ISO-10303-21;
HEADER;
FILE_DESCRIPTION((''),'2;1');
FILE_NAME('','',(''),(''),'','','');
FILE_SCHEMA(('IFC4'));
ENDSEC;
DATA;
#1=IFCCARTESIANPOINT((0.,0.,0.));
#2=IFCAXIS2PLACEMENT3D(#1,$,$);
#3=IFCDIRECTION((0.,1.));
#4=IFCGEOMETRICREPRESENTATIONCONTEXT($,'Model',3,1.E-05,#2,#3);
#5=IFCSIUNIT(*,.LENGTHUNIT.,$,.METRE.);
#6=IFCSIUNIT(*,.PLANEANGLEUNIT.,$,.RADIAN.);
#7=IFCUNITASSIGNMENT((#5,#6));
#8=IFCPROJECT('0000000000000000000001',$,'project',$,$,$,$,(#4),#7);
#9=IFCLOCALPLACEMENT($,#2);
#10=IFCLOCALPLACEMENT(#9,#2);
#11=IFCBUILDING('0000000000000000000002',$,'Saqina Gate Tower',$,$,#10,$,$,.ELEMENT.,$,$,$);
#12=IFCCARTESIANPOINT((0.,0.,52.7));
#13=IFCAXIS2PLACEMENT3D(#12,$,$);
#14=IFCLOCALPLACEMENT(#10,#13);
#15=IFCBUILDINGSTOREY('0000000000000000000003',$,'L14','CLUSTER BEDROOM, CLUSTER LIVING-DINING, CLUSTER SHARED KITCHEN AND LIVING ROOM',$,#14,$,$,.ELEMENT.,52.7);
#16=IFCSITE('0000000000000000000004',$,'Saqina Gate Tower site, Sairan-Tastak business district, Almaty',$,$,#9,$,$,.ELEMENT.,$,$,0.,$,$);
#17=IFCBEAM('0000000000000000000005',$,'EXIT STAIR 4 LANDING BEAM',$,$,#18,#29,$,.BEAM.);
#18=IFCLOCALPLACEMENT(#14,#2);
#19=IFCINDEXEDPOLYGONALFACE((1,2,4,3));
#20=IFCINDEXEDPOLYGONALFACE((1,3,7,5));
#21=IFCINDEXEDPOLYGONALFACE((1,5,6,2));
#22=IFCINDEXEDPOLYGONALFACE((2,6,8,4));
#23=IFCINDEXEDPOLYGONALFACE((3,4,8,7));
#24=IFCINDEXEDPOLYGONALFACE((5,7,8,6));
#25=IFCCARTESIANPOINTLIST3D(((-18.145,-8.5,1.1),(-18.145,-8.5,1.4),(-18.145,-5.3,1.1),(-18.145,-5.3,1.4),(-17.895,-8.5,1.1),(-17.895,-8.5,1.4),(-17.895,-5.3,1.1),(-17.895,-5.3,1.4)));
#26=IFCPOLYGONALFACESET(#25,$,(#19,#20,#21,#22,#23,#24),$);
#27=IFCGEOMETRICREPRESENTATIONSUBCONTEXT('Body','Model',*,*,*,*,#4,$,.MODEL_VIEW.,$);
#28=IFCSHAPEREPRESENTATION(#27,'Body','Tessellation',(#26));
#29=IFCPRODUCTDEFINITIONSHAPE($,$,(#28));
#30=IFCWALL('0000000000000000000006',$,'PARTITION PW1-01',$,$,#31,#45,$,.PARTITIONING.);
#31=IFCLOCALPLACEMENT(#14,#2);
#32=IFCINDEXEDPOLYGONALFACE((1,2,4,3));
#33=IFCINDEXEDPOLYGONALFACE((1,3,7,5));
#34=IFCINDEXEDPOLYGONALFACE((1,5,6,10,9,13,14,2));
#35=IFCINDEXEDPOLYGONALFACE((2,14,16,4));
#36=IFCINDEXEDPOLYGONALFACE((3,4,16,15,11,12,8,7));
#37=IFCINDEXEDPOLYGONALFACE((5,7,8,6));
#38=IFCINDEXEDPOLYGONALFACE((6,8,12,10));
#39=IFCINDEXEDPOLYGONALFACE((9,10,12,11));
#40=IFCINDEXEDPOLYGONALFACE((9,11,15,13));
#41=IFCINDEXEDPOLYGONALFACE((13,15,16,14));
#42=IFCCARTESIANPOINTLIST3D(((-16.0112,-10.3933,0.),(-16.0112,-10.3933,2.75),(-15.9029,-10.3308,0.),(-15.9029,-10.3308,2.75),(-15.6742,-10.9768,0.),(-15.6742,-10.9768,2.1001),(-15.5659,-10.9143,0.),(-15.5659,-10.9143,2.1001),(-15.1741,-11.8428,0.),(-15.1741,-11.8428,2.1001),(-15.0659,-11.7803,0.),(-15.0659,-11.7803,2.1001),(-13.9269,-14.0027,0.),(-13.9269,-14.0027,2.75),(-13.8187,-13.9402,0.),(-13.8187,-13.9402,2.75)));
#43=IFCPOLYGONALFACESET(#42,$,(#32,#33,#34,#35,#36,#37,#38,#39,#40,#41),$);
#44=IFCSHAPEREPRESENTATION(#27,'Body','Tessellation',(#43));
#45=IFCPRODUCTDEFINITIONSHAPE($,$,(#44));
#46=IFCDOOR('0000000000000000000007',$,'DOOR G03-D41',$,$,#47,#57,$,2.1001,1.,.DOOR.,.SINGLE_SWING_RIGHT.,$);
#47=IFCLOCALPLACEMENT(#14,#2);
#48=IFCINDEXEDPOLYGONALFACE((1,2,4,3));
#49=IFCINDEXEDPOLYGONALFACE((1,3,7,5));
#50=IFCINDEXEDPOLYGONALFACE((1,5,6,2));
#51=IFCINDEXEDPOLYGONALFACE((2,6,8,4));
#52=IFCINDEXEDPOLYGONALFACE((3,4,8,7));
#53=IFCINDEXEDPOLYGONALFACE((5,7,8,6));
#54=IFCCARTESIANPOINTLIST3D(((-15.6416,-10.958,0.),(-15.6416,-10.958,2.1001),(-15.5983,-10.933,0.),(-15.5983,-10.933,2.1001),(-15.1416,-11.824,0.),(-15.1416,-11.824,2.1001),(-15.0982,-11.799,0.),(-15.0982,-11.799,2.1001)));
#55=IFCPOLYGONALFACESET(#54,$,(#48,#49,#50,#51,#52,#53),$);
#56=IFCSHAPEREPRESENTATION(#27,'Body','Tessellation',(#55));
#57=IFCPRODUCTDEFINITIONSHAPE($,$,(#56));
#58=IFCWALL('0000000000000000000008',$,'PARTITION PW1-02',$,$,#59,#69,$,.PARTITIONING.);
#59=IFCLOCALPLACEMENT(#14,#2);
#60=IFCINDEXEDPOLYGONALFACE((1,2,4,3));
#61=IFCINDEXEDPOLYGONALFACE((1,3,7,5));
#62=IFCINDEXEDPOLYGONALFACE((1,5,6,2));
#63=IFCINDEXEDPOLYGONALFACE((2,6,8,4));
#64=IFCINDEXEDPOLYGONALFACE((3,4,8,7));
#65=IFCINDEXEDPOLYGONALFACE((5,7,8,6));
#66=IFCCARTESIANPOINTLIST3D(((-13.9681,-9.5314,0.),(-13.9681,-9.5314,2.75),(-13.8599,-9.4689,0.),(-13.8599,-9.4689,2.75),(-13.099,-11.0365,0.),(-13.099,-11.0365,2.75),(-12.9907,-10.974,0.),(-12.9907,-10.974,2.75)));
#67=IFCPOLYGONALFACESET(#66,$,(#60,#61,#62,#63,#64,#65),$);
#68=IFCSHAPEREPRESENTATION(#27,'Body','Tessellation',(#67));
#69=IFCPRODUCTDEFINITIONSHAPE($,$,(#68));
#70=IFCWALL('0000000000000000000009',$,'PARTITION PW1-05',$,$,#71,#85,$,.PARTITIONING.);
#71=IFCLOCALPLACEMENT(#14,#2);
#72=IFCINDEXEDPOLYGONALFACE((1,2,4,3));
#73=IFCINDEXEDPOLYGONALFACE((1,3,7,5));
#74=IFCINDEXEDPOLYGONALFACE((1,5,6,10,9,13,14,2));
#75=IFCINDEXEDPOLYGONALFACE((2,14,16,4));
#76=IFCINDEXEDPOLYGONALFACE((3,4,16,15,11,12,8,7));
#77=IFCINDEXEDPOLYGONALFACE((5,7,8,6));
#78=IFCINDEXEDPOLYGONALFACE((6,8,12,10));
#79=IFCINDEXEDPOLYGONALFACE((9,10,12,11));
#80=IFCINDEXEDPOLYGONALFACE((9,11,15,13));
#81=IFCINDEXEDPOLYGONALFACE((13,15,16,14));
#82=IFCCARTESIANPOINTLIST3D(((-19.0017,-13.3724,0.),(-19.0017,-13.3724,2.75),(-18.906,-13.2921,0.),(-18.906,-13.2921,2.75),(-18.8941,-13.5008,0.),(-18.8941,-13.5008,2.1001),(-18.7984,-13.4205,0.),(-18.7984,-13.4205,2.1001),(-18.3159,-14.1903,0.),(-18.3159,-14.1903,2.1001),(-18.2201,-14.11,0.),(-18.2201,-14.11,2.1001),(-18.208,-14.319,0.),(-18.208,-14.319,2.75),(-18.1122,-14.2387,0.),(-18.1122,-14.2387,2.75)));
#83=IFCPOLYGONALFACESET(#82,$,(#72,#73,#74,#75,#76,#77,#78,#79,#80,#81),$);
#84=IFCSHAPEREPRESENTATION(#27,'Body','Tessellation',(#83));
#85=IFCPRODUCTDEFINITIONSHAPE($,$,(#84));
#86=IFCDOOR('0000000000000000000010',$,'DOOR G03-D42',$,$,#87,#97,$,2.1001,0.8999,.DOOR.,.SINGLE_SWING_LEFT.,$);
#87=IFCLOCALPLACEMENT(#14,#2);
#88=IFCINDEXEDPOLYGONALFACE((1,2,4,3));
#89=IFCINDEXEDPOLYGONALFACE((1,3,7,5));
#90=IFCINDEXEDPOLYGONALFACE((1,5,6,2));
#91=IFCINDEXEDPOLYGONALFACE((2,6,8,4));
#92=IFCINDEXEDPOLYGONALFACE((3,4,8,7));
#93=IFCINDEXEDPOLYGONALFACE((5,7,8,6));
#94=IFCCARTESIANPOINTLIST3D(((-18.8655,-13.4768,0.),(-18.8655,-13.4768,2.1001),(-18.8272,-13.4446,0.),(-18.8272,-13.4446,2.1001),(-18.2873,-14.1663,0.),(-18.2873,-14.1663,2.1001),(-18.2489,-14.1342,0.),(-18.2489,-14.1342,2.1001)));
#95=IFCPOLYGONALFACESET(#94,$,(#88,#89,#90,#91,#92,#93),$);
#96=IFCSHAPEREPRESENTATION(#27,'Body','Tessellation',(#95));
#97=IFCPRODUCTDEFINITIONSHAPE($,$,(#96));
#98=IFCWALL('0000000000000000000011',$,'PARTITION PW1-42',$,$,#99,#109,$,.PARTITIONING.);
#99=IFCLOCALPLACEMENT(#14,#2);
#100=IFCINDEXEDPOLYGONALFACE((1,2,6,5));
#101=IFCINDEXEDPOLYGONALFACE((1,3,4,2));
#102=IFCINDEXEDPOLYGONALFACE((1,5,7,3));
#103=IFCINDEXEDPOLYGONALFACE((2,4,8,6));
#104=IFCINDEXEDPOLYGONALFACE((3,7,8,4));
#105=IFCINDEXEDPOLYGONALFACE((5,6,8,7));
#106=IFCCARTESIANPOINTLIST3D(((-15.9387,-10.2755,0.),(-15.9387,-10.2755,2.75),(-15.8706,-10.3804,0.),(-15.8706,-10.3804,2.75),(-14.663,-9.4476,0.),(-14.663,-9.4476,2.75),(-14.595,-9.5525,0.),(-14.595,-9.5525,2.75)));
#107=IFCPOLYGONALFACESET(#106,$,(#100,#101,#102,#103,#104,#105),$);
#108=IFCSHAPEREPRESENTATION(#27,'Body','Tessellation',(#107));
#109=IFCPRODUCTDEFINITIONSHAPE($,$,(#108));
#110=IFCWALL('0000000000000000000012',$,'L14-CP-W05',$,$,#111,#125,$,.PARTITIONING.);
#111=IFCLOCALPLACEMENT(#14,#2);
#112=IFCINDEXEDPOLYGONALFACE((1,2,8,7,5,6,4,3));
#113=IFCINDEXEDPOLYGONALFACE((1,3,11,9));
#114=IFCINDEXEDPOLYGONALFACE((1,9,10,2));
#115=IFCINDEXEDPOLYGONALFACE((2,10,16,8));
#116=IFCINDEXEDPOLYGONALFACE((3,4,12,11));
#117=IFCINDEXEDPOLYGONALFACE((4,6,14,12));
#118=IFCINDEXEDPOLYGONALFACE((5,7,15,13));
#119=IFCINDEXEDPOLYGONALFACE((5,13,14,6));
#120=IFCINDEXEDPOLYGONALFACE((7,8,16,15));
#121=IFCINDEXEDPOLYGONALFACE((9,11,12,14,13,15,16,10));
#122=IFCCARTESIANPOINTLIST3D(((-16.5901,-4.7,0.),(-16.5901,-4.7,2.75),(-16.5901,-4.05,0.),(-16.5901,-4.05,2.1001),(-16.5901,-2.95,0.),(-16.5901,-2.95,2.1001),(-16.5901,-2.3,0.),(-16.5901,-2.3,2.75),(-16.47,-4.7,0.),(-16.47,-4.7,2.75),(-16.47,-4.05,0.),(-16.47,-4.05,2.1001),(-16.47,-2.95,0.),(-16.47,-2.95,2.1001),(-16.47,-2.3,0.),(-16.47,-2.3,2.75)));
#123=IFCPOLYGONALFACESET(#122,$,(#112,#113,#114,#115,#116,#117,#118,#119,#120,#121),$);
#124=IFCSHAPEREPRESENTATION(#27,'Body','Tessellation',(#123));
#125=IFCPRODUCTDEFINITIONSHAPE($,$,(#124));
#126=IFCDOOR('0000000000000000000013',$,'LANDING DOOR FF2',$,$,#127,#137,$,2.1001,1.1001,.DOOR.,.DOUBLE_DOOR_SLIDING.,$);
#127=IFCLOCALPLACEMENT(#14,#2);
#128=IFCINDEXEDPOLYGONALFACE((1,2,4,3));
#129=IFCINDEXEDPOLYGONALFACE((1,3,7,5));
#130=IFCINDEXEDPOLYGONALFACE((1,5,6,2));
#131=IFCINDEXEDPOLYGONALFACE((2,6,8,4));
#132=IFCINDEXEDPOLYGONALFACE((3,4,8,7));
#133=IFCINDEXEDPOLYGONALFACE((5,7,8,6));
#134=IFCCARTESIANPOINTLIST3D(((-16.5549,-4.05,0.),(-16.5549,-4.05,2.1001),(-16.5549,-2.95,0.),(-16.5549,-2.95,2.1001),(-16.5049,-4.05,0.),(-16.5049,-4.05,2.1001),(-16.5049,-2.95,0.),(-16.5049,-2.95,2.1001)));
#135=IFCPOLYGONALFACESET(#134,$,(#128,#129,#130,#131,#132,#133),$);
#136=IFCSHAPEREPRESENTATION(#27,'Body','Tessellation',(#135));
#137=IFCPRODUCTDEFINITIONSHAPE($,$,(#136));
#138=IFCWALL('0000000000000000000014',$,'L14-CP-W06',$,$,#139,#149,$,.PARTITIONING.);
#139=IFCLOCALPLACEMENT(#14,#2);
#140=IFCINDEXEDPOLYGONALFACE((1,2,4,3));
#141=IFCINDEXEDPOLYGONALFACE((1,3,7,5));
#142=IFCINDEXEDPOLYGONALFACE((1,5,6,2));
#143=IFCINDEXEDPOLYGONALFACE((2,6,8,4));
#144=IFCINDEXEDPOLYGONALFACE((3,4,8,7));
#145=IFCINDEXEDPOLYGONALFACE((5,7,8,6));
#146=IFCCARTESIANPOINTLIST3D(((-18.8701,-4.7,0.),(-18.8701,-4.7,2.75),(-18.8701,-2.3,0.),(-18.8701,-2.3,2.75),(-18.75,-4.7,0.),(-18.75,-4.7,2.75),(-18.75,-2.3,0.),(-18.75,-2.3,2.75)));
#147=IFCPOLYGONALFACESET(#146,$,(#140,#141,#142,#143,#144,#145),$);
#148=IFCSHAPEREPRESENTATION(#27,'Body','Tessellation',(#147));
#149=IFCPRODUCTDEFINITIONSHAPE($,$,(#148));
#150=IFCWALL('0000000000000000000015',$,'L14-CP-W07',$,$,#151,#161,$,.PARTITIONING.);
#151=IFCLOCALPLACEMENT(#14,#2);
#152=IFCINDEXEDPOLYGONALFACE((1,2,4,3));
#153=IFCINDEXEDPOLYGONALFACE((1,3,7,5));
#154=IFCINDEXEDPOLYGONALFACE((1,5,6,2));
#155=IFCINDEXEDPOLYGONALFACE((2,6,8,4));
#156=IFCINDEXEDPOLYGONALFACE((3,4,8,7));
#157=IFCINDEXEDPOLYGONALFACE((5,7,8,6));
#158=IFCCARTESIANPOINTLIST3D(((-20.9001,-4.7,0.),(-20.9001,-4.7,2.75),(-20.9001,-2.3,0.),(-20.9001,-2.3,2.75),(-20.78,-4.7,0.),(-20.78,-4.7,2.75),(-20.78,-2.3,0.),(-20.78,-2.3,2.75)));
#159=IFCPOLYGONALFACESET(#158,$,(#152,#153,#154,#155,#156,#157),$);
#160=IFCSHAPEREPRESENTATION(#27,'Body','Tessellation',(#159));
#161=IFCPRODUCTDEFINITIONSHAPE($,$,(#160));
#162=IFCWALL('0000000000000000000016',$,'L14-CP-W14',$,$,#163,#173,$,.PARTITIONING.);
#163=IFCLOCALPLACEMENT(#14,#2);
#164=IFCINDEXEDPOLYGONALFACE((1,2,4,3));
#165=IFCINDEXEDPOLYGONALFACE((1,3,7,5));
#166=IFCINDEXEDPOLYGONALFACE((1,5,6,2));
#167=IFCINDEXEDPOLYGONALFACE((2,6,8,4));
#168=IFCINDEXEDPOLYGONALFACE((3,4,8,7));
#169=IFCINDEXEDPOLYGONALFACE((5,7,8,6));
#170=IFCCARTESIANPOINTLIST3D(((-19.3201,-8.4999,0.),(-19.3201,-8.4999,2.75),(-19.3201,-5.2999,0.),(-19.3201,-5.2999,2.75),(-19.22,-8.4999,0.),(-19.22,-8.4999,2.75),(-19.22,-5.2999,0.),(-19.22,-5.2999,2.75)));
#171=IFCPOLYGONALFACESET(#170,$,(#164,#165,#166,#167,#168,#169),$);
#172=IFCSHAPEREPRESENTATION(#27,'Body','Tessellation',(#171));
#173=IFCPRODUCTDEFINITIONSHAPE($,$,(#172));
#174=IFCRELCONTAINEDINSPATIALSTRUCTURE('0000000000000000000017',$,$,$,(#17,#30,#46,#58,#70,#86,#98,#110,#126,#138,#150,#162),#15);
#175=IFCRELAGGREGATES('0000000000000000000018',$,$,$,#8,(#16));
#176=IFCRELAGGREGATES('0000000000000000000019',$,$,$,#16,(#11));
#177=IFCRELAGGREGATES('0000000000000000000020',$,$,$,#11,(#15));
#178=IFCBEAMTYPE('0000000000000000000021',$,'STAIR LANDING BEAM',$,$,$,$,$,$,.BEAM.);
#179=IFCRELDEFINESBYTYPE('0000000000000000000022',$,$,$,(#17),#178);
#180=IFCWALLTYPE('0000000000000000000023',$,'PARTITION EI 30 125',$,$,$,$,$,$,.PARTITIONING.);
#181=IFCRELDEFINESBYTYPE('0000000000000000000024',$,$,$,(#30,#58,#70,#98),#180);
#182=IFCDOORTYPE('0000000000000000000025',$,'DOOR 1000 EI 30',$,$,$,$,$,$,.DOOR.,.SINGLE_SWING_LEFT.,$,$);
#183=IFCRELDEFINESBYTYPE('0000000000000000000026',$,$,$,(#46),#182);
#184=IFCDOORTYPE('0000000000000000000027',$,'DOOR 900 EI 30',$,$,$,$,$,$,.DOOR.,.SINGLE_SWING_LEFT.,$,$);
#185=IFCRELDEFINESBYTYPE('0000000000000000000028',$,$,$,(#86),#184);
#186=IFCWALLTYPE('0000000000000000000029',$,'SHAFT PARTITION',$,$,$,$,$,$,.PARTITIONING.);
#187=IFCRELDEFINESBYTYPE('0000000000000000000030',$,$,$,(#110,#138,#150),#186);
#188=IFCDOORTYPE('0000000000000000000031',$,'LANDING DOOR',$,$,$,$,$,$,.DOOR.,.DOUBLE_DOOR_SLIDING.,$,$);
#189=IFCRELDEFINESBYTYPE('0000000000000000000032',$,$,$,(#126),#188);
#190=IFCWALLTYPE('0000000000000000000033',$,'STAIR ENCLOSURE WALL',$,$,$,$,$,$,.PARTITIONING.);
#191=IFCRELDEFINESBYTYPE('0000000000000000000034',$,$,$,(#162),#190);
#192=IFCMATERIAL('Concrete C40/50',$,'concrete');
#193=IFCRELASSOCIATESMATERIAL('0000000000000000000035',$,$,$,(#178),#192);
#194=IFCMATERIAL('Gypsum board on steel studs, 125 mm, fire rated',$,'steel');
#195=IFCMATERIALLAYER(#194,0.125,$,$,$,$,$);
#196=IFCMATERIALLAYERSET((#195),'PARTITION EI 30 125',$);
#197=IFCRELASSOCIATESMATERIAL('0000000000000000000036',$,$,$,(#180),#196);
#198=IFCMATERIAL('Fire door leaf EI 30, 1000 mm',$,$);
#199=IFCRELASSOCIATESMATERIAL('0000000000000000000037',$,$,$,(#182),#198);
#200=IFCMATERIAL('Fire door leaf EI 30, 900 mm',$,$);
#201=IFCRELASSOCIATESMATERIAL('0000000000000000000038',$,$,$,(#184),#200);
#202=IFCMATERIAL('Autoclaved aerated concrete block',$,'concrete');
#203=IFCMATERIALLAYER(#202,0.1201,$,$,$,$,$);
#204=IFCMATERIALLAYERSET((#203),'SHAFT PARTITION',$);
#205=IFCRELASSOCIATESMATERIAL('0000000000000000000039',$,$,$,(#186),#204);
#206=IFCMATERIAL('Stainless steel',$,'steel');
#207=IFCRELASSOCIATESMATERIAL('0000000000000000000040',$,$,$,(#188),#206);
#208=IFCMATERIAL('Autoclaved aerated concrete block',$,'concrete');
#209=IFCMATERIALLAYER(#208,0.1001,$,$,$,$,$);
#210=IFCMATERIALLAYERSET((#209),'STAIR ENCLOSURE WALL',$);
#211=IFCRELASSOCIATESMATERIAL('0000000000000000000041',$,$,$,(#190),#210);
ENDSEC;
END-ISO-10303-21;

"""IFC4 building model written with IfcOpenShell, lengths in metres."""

from ifc_helpers import new_model, si_unit, direction, frame, frame_2d, origin, origin_2d, place, context, subcontext, project, spatial, rectangle, extrude, material, layer, layer_set, material_profile, profile_set, type_object, element, fill, save


model = new_model("IFC4")

# Units and contexts
model_context = context("Model", 3, precision=1e-05, world=origin(), true_north=direction((0.0, 1.0)))
body_context = subcontext(model_context, "Body", "Model", "MODEL_VIEW")
ifc_project = project(units=[si_unit("LENGTHUNIT", "METRE"), si_unit("PLANEANGLEUNIT", "RADIAN")], contexts=[model_context])

# Site, building, storey
site_placement = place(None, origin())
site = spatial("IfcSite", under=ifc_project, at=site_placement, Name="Saqina Gate Tower site, Sairan-Tastak business district, Almaty", CompositionType="ELEMENT", RefElevation=0.0)
building_placement = place(site_placement, origin())
building = spatial("IfcBuilding", under=site, at=building_placement, Name="Saqina Gate Tower", CompositionType="ELEMENT")
storey_placement = place(building_placement, frame((0.0, 0.0, 52.7)))
storey = spatial("IfcBuildingStorey", under=building, at=storey_placement, Name="L14", Description="CLUSTER BEDROOM, CLUSTER LIVING-DINING, CLUSTER SHARED KITCHEN AND LIVING ROOM", CompositionType="ELEMENT", Elevation=52.7)

# Beam
ifc_material_1 = material(Name="Concrete C40/50", Category="concrete")
ifc_material_profile = material_profile(ifc_material_1, rectangle(XDim=0.25, YDim=0.3, at=origin_2d()), Name="STAIR LANDING BEAM")
ifc_profile_set = profile_set([ifc_material_profile], Name="Concrete C40/50")
beam_type = type_object("IfcBeamType", Name="STAIR LANDING BEAM", PredefinedType="BEAM", material=ifc_profile_set)
beam_placement = place(storey_placement, frame((-18.02, -8.5, 1.25), z_axis=(0.0, 1.0, 0.0), x_axis=(-1.0, 0.0, 0.0)))
element("IfcBeam", 1, at=beam_placement, inside=storey, type_object=beam_type, Name="EXIT STAIR 4 LANDING BEAM", PredefinedType="BEAM", context=body_context, shape_type="SweptSolid", body=[
    extrude(rectangle(XDim=0.25, YDim=0.3, at=origin_2d()), origin(), (0.0, 0.0, 1.0), 3.2),
])

# Wall, opening, door
ifc_material_2 = material(Name="Gypsum board on steel studs, 125 mm, fire rated", Category="steel")
ifc_layer_1 = layer(ifc_material_2, 0.125)
ifc_layer_set_1 = layer_set([ifc_layer_1], Name="PARTITION EI 30 125")
wall_type_1 = type_object("IfcWallType", Name="PARTITION EI 30 125", PredefinedType="PARTITIONING", material=ifc_layer_set_1)
wall_1_placement = place(storey_placement, frame((-15.957, -10.3621, 0.0), z_axis=(0.0, 0.0, 1.0), x_axis=(0.500064, -0.865989, 0.0)))
wall_1 = element("IfcWall", 2, at=wall_1_placement, inside=storey, type_object=wall_type_1, Name="PARTITION PW1-01", PredefinedType="PARTITIONING", context=body_context, shape_type="SweptSolid", body=[
    extrude(rectangle(XDim=4.168, YDim=0.125, at=frame_2d((2.084, 0.0))), origin(), (0.0, 0.0, 1.0), 2.75),
])
opening_1_placement = place(wall_1_placement, frame((0.6738, 0.0, 0.0)))
opening_1 = element("IfcOpeningElement", 3, at=opening_1_placement, cuts=wall_1, PredefinedType="OPENING", context=body_context, shape_type="SweptSolid", body=[
    extrude(rectangle(XDim=1.0, YDim=2.1001, at=frame_2d((0.5, 1.05))), frame((0.0, 0.0745, 0.0), z_axis=(0.0, -1.0, 0.0), x_axis=(1.0, 0.0, 0.0)), (0.0, 0.0, 1.0), 0.1489),
])
ifc_material_3 = material(Name="Fire door leaf EI 30, 1000 mm")
door_type_1 = type_object("IfcDoorType", Name="DOOR 1000 EI 30", OperationType="SINGLE_SWING_LEFT", PredefinedType="DOOR", material=ifc_material_3)
door_1_placement = place(opening_1_placement, frame((1.0, 0.0, 0.0), z_axis=(0.0, 0.0, 1.0), x_axis=(-1.0, 0.0, 0.0)))
door_1 = element("IfcDoor", 4, at=door_1_placement, inside=storey, type_object=door_type_1, Name="DOOR G03-D41", OperationType="SINGLE_SWING_RIGHT", OverallHeight=2.1001, OverallWidth=1.0, PredefinedType="DOOR", context=body_context, shape_type="SweptSolid", body=[
    extrude(rectangle(XDim=1.0, YDim=2.1001, at=frame_2d((0.5, 1.05))), frame((0.0, 0.0249, 0.0), z_axis=(0.0, -1.0, 0.0), x_axis=(1.0, 0.0, 0.0)), (0.0, 0.0, 1.0), 0.05),
])
fill(opening_1, door_1)

# Wall
wall_2_placement = place(storey_placement, frame((-13.9141, -9.5, 0.0), z_axis=(0.0, 0.0, 1.0), x_axis=(0.500067, -0.865987, 0.0)))
element("IfcWall", 5, at=wall_2_placement, inside=storey, type_object=wall_type_1, Name="PARTITION PW1-02", PredefinedType="PARTITIONING", context=body_context, shape_type="SweptSolid", body=[
    extrude(rectangle(XDim=1.738, YDim=0.125, at=frame_2d((0.8691, 0.0))), origin(), (0.0, 0.0, 1.0), 2.75),
])

# Wall, opening, door
wall_3_placement = place(storey_placement, frame((-18.9539, -13.3323, 0.0), z_axis=(0.0, 0.0, 1.0), x_axis=(0.642534, -0.766257, 0.0)))
wall_3 = element("IfcWall", 6, at=wall_3_placement, inside=storey, type_object=wall_type_1, Name="PARTITION PW1-05", PredefinedType="PARTITIONING", context=body_context, shape_type="SweptSolid", body=[
    extrude(rectangle(XDim=1.2354, YDim=0.125, at=frame_2d((0.6177, 0.0))), origin(), (0.0, 0.0, 1.0), 2.75),
])
opening_2_placement = place(wall_3_placement, frame((0.1675, 0.0, 0.0)))
opening_2 = element("IfcOpeningElement", 7, at=opening_2_placement, cuts=wall_3, PredefinedType="OPENING", context=body_context, shape_type="SweptSolid", body=[
    extrude(rectangle(XDim=0.8999, YDim=2.1001, at=frame_2d((0.45, 1.05))), frame((0.0, 0.0745, 0.0), z_axis=(0.0, -1.0, 0.0), x_axis=(1.0, 0.0, 0.0)), (0.0, 0.0, 1.0), 0.1489),
])
ifc_material_4 = material(Name="Fire door leaf EI 30, 900 mm")
door_type_2 = type_object("IfcDoorType", Name="DOOR 900 EI 30", OperationType="SINGLE_SWING_LEFT", PredefinedType="DOOR", material=ifc_material_4)
door_2_placement = place(opening_2_placement, origin())
door_2 = element("IfcDoor", 8, at=door_2_placement, inside=storey, type_object=door_type_2, Name="DOOR G03-D42", OperationType="SINGLE_SWING_LEFT", OverallHeight=2.1001, OverallWidth=0.8999, PredefinedType="DOOR", context=body_context, shape_type="SweptSolid", body=[
    extrude(rectangle(XDim=0.8999, YDim=2.1001, at=frame_2d((0.45, 1.05))), frame((0.0, 0.0249, 0.0), z_axis=(0.0, -1.0, 0.0), x_axis=(1.0, 0.0, 0.0)), (0.0, 0.0, 1.0), 0.05),
])
fill(opening_2, door_2)

# Wall
wall_4_placement = place(storey_placement, frame((-15.9045, -10.3279, 0.0), z_axis=(0.0, 0.0, 1.0), x_axis=(0.838829, 0.544396, 0.0)))
element("IfcWall", 9, at=wall_4_placement, inside=storey, type_object=wall_type_1, Name="PARTITION PW1-42", PredefinedType="PARTITIONING", context=body_context, shape_type="SweptSolid", body=[
    extrude(rectangle(XDim=1.5208, YDim=0.125, at=frame_2d((0.7603, 0.0))), origin(), (0.0, 0.0, 1.0), 2.75),
])

# Wall, opening, door
ifc_material_5 = material(Name="Autoclaved aerated concrete block", Category="concrete")
ifc_layer_2 = layer(ifc_material_5, 0.1201)
ifc_layer_set_2 = layer_set([ifc_layer_2], Name="SHAFT PARTITION")
wall_type_2 = type_object("IfcWallType", Name="SHAFT PARTITION", PredefinedType="PARTITIONING", material=ifc_layer_set_2)
wall_5_placement = place(storey_placement, frame((-16.53, -4.7, 0.0), z_axis=(0.0, 0.0, 1.0), x_axis=(0.0, 1.0, 0.0)))
wall_5 = element("IfcWall", 10, at=wall_5_placement, inside=storey, type_object=wall_type_2, Name="L14-CP-W05", PredefinedType="PARTITIONING", context=body_context, shape_type="SweptSolid", body=[
    extrude(rectangle(XDim=2.3999, YDim=0.1201, at=frame_2d((1.2, 0.0))), origin(), (0.0, 0.0, 1.0), 2.75),
])
opening_3_placement = place(wall_5_placement, frame((0.6499, 0.0, 0.0)))
opening_3 = element("IfcOpeningElement", 11, at=opening_3_placement, cuts=wall_5, PredefinedType="OPENING", context=body_context, shape_type="SweptSolid", body=[
    extrude(rectangle(XDim=1.1001, YDim=2.1001, at=frame_2d((0.55, 1.05))), frame((0.0, 0.072, 0.0), z_axis=(0.0, -1.0, 0.0), x_axis=(1.0, 0.0, 0.0)), (0.0, 0.0, 1.0), 0.144),
])
ifc_material_6 = material(Name="Stainless steel", Category="steel")
door_type_3 = type_object("IfcDoorType", Name="LANDING DOOR", OperationType="DOUBLE_DOOR_SLIDING", PredefinedType="DOOR", material=ifc_material_6)
door_3_placement = place(opening_3_placement, origin())
door_3 = element("IfcDoor", 12, at=door_3_placement, inside=storey, type_object=door_type_3, Name="LANDING DOOR FF2", OperationType="DOUBLE_DOOR_SLIDING", OverallHeight=2.1001, OverallWidth=1.1001, PredefinedType="DOOR", context=body_context, shape_type="SweptSolid", body=[
    extrude(rectangle(XDim=1.1001, YDim=2.1001, at=frame_2d((0.55, 1.05))), frame((0.0, 0.0249, 0.0), z_axis=(0.0, -1.0, 0.0), x_axis=(1.0, 0.0, 0.0)), (0.0, 0.0, 1.0), 0.05),
])
fill(opening_3, door_3)

# Walls
for number, where, z_axis, x_axis, name in (
    (13, (-18.8101, -4.7, 0.0), (0.0, 0.0, 1.0), (0.0, 1.0, 0.0), "L14-CP-W06"),
    (14, (-20.8401, -4.7, 0.0), (0.0, 0.0, 1.0), (0.0, 1.0, 0.0), "L14-CP-W07"),
):
    element("IfcWall", number, at=place(storey_placement, frame(where, z_axis=z_axis, x_axis=x_axis)), inside=storey, type_object=wall_type_2, Name=name, PredefinedType="PARTITIONING", context=body_context, shape_type="SweptSolid", body=[
        extrude(rectangle(XDim=2.3999, YDim=0.1201, at=frame_2d((1.2, 0.0))), origin(), (0.0, 0.0, 1.0), 2.75),
    ])
ifc_material_7 = material(Name="Autoclaved aerated concrete block", Category="concrete")
ifc_layer_3 = layer(ifc_material_7, 0.1001)
ifc_layer_set_3 = layer_set([ifc_layer_3], Name="STAIR ENCLOSURE WALL")
wall_type_3 = type_object("IfcWallType", Name="STAIR ENCLOSURE WALL", PredefinedType="PARTITIONING", material=ifc_layer_set_3)
wall_6_placement = place(storey_placement, frame((-19.27, -8.5, 0.0), z_axis=(0.0, 0.0, 1.0), x_axis=(0.0, 1.0, 0.0)))
element("IfcWall", 15, at=wall_6_placement, inside=storey, type_object=wall_type_3, Name="L14-CP-W14", PredefinedType="PARTITIONING", context=body_context, shape_type="SweptSolid", body=[
    extrude(rectangle(XDim=3.2, YDim=0.1001, at=frame_2d((1.6001, 0.0))), origin(), (0.0, 0.0, 1.0), 2.75),
])

save(model, "model.ifc")
